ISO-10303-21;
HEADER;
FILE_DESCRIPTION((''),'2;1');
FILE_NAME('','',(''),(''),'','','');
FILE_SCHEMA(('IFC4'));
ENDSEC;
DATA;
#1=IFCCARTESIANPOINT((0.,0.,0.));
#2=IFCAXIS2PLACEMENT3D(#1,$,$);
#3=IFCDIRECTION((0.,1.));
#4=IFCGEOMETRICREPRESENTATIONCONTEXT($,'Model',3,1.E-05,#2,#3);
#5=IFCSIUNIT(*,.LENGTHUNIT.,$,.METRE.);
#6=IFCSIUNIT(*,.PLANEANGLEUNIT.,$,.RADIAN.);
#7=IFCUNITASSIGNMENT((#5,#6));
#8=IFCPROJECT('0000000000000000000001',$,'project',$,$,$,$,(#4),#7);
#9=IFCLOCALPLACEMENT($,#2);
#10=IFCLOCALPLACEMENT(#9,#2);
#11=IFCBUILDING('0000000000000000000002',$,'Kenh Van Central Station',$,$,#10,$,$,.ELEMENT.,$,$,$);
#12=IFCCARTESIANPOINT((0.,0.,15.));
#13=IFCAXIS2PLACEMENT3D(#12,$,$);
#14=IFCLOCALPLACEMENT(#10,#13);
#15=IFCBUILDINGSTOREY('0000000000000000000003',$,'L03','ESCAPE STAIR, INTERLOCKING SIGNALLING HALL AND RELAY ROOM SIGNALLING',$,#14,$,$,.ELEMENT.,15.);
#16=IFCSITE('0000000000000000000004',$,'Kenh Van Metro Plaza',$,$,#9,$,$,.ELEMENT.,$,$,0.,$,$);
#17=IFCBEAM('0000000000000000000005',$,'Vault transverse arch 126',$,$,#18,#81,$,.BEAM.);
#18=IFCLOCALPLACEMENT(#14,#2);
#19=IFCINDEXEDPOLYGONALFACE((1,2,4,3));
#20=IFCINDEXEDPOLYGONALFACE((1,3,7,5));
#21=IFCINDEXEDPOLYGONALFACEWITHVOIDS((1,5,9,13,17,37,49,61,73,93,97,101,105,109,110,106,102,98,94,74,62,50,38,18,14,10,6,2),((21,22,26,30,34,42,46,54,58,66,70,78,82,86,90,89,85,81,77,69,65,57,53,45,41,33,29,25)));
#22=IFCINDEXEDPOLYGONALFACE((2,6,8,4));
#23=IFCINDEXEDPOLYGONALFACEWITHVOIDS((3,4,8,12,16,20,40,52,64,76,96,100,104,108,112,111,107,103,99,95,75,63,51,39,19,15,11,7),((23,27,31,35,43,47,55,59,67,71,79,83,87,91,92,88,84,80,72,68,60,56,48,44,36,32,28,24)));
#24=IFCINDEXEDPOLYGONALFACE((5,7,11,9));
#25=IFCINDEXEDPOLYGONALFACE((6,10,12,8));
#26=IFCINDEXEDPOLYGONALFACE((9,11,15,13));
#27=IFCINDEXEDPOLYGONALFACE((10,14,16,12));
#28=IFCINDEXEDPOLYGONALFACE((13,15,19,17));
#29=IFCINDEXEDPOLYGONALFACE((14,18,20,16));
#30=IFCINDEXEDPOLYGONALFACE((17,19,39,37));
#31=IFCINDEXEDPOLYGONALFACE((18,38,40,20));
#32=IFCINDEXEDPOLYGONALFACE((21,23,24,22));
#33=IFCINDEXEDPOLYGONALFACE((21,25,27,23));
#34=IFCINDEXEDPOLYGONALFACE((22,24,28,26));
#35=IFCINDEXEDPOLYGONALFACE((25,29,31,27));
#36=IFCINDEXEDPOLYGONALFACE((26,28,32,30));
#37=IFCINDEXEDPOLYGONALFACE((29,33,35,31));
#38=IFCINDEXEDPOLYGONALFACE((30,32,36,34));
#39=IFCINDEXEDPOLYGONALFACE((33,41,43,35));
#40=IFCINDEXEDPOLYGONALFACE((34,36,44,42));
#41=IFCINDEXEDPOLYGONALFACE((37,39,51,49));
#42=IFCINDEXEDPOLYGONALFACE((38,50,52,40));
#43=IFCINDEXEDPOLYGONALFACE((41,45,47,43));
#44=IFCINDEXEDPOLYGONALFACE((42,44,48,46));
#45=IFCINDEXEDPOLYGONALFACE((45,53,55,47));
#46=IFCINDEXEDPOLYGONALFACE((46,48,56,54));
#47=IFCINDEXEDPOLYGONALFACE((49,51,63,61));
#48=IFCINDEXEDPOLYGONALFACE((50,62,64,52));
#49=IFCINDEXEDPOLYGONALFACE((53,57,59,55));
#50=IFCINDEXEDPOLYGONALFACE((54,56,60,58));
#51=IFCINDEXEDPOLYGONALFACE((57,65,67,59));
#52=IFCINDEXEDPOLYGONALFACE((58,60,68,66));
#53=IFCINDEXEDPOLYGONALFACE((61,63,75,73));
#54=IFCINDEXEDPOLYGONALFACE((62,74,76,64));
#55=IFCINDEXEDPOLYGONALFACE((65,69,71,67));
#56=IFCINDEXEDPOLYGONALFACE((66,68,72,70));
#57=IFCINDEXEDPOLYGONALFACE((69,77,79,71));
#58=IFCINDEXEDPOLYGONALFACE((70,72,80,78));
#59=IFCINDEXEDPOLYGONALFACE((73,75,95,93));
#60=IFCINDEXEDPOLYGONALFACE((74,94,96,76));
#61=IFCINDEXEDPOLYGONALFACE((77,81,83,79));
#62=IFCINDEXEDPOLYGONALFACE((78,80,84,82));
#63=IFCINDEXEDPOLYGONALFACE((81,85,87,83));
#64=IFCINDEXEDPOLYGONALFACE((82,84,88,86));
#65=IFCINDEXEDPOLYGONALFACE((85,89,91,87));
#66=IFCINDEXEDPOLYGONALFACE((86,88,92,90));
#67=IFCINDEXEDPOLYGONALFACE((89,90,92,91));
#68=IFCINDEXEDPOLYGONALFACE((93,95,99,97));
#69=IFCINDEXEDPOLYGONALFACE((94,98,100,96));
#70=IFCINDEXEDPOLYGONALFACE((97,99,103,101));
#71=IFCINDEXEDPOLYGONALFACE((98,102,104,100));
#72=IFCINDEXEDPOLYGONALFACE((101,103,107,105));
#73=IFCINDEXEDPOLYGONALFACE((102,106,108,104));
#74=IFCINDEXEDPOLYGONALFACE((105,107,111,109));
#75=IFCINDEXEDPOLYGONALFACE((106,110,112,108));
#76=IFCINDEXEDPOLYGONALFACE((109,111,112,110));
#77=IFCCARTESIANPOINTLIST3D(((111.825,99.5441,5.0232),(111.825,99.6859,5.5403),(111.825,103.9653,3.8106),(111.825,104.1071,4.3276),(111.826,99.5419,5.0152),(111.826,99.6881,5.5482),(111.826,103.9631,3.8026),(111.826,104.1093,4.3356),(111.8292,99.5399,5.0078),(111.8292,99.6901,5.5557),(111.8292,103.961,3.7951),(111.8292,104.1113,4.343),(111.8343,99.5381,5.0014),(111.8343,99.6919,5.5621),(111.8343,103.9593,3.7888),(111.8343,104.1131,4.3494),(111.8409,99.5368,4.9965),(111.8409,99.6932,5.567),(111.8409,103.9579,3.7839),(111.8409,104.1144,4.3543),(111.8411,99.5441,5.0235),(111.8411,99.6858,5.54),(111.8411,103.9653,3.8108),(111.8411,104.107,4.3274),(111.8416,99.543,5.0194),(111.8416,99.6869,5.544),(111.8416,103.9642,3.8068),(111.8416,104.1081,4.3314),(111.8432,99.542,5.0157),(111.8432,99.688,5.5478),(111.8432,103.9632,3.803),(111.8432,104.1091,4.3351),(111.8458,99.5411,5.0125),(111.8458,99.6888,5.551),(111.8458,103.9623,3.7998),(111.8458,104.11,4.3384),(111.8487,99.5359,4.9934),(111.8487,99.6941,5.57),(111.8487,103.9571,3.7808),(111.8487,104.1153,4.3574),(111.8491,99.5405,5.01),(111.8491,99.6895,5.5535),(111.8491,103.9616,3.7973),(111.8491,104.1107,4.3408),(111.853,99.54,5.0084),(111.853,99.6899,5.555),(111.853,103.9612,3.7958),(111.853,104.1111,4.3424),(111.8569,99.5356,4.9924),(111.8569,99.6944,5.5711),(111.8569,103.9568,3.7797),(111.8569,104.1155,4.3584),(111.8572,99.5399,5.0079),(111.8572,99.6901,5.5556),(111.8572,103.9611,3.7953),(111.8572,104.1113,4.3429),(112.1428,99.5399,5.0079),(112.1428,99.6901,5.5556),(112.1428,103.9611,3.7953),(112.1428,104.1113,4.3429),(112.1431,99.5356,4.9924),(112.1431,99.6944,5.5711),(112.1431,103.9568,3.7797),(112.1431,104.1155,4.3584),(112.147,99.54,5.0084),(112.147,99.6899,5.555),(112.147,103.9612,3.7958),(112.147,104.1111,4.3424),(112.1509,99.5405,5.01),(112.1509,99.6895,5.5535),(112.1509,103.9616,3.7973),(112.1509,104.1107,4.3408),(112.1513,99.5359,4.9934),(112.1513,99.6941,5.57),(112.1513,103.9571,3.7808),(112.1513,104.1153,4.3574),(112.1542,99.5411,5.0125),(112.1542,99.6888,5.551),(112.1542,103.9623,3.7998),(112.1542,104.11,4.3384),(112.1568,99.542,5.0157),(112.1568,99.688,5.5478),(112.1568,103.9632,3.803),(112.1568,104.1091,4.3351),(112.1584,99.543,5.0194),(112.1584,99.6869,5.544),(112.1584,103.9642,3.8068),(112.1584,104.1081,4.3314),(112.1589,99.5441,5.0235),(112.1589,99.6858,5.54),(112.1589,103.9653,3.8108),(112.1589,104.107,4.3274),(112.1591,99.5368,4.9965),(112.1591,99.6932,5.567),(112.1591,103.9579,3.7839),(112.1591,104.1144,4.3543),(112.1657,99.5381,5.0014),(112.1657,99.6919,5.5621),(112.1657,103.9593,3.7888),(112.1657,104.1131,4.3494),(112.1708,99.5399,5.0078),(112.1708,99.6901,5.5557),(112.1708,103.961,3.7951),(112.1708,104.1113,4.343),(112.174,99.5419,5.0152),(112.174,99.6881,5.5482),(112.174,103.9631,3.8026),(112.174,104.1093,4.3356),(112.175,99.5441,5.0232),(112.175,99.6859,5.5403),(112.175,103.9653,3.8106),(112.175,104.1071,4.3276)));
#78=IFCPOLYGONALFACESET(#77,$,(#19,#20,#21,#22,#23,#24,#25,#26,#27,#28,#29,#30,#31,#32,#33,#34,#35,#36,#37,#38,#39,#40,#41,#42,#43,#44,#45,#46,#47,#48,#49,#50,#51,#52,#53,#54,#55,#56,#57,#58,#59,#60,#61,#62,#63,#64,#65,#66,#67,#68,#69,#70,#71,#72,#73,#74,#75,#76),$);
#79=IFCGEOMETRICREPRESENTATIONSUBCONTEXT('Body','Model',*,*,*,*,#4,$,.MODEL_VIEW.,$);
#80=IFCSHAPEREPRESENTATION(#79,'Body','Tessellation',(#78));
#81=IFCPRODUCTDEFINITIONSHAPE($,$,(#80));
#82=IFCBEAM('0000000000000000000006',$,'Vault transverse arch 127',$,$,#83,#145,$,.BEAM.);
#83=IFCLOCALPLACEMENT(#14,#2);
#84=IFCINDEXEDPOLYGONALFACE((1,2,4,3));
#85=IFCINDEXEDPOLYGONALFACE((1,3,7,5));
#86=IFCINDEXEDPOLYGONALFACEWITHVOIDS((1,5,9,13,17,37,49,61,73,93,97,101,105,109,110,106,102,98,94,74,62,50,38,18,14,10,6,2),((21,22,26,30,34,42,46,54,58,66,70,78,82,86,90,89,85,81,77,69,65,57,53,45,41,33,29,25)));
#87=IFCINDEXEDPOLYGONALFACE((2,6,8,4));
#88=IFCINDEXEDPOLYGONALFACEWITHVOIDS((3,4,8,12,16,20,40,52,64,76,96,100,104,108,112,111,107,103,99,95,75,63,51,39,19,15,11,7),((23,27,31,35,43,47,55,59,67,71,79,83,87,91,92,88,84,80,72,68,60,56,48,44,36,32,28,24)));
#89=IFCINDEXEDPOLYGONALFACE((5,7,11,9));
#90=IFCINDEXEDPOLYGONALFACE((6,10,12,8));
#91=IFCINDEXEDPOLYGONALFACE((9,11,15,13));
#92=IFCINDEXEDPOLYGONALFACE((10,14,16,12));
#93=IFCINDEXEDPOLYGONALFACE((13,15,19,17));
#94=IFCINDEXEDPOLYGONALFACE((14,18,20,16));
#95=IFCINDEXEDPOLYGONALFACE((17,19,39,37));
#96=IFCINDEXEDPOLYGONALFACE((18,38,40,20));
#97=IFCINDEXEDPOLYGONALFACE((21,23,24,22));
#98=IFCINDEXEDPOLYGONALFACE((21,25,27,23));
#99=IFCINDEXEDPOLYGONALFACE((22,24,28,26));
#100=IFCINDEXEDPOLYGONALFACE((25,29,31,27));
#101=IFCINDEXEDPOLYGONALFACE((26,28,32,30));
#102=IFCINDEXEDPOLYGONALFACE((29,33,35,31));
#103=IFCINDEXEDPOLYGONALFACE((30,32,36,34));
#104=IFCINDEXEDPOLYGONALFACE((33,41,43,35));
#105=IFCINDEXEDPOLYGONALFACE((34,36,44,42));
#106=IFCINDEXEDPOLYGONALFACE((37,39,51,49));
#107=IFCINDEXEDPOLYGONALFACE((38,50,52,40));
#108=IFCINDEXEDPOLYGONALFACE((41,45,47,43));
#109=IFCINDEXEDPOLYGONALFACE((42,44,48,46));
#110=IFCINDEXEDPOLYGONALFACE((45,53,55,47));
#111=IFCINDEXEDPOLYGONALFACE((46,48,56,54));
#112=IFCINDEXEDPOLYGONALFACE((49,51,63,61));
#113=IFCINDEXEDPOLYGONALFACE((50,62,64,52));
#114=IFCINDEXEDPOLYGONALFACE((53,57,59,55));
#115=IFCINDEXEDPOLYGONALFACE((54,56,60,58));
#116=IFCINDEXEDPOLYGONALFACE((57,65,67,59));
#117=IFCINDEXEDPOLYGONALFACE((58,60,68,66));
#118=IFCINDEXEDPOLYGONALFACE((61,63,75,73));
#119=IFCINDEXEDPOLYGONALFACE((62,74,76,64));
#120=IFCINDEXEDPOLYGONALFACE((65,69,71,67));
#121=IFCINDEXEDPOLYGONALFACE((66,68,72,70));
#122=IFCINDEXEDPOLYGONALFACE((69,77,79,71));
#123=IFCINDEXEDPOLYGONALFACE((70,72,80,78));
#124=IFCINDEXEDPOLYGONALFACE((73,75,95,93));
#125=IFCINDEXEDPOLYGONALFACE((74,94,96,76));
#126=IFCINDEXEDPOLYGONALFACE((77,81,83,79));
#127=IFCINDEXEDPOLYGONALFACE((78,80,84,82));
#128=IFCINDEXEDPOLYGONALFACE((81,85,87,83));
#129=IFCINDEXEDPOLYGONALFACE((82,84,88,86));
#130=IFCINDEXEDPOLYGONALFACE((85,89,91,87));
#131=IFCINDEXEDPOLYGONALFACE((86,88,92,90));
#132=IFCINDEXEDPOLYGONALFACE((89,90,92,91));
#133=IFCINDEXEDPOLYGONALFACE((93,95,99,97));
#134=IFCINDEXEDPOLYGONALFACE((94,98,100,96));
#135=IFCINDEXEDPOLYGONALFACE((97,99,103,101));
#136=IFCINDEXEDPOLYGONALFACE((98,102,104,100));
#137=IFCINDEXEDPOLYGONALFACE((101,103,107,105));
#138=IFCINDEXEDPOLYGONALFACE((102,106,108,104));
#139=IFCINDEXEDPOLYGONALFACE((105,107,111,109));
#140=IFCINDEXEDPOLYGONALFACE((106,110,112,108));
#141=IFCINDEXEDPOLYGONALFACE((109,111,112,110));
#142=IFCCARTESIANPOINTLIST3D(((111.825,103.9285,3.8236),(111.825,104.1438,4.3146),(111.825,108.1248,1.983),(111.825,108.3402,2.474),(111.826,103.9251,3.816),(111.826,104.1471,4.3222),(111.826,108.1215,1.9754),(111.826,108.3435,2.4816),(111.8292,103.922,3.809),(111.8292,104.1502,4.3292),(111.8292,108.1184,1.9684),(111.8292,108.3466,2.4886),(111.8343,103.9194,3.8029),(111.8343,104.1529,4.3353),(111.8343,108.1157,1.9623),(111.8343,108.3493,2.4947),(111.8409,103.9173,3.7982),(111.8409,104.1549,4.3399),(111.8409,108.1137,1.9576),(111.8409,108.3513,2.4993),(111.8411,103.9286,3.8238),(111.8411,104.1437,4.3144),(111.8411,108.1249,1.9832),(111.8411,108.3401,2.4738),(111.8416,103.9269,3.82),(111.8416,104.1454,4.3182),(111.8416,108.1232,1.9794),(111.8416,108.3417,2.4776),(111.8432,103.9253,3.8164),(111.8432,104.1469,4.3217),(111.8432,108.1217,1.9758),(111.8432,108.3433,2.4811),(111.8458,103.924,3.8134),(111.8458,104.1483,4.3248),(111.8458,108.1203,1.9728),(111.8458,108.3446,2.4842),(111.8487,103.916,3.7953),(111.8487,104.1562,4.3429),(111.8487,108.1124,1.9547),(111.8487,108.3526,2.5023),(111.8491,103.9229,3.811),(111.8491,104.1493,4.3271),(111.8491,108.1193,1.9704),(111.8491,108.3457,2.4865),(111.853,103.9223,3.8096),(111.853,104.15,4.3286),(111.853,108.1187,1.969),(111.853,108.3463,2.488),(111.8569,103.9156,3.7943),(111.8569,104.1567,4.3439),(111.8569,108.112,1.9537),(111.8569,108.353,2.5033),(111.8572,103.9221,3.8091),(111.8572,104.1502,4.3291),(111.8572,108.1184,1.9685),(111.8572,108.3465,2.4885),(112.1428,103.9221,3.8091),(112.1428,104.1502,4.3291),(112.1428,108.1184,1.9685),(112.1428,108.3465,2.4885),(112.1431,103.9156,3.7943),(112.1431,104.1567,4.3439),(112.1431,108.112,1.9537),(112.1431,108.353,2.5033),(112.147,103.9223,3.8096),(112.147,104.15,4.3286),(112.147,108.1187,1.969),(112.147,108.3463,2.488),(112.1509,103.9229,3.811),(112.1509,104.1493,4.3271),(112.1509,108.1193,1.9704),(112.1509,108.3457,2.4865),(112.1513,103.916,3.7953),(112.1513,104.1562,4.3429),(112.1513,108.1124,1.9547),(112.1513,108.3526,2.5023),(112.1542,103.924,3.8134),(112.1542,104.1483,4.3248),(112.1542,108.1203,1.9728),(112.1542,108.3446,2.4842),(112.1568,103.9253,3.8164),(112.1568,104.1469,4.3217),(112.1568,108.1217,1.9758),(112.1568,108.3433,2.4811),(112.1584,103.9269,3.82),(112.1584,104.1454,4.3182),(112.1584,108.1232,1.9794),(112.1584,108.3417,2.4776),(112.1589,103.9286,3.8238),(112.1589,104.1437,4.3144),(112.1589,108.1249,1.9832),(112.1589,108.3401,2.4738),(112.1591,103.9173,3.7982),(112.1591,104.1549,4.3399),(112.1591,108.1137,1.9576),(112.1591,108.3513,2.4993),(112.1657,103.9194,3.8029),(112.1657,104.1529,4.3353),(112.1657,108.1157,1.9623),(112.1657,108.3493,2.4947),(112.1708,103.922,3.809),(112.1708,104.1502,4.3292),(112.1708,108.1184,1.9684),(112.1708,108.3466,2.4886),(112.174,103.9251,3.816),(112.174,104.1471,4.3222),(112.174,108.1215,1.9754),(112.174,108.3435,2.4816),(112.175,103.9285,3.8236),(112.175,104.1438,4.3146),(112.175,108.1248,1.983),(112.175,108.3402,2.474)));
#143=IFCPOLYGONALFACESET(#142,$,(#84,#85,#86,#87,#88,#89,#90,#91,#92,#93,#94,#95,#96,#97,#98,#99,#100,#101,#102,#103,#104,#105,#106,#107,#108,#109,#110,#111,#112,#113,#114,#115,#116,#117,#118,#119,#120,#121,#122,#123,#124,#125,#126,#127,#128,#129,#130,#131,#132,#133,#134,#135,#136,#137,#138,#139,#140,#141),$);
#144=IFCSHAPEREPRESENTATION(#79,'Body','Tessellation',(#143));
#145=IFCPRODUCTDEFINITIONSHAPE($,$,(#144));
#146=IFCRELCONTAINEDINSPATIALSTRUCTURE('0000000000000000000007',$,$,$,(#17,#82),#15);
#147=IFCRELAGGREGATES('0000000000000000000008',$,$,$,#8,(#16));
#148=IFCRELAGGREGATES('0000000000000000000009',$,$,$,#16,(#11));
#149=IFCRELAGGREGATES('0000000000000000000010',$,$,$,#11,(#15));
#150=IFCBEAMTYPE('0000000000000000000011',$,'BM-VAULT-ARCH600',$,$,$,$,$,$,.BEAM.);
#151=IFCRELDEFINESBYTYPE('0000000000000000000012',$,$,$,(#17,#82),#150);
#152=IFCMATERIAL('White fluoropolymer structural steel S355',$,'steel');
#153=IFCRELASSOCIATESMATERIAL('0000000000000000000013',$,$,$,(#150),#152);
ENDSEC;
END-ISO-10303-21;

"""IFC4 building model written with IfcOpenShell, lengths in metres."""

from ifc_helpers import new_model, si_unit, direction, frame, origin, origin_2d, place, context, subcontext, project, spatial, hollow_rectangle, extrude, material, material_profile, profile_set, type_object, element, save


model = new_model("IFC4")

# Units and contexts
model_context = context("Model", 3, precision=1e-05, world=origin(), true_north=direction((0.0, 1.0)))
body_context = subcontext(model_context, "Body", "Model", "MODEL_VIEW")
ifc_project = project(units=[si_unit("LENGTHUNIT", "METRE"), si_unit("PLANEANGLEUNIT", "RADIAN")], contexts=[model_context])

# Site, building, storey
site_placement = place(None, origin())
site = spatial("IfcSite", under=ifc_project, at=site_placement, Name="Kenh Van Metro Plaza", CompositionType="ELEMENT", RefElevation=0.0)
building_placement = place(site_placement, origin())
building = spatial("IfcBuilding", under=site, at=building_placement, Name="Kenh Van Central Station", CompositionType="ELEMENT")
storey_placement = place(building_placement, frame((0.0, 0.0, 15.0)))
storey = spatial("IfcBuildingStorey", under=building, at=storey_placement, Name="L03", Description="ESCAPE STAIR, INTERLOCKING SIGNALLING HALL AND RELAY ROOM SIGNALLING", CompositionType="ELEMENT", Elevation=15.0)

# Beams
ifc_material_1 = material(Name="White fluoropolymer structural steel S355", Category="steel")
ifc_material_profile_1 = material_profile(ifc_material_1, hollow_rectangle(XDim=0.3501, YDim=0.6001, WallThickness=0.0161, InnerFilletRadius=0.0161, OuterFilletRadius=0.032, at=origin_2d()), Name="RHS 600x350x16")
ifc_profile_set_1 = profile_set([ifc_material_profile_1], Name="White fluoropolymer structural steel S355")
beam_type_1 = type_object("IfcBeamType", Name="BM-VAULT-ARCH600", PredefinedType="BEAM", material=ifc_profile_set_1)
beam_1_placement = place(storey_placement, frame((112.0, 99.615, 5.2817), z_axis=(0.0, 0.964382, -0.264514), x_axis=(-1.0, 0.0, 0.0)))
element("IfcBeam", 1, at=beam_1_placement, inside=storey, type_object=beam_type_1, Name="Vault transverse arch 126", PredefinedType="BEAM", context=body_context, shape_type="SweptSolid", body=[
    extrude(hollow_rectangle(XDim=0.3501, YDim=0.6001, WallThickness=0.0161, InnerFilletRadius=0.0161, OuterFilletRadius=0.032, at=origin_2d()), origin(), (0.0, 0.0, 1.0), 4.5845),
])
beam_2_placement = place(storey_placement, frame((112.0, 104.0361, 4.0691), z_axis=(0.0, 0.91578, -0.40168), x_axis=(-1.0, 0.0, 0.0)))
element("IfcBeam", 2, at=beam_2_placement, inside=storey, type_object=beam_type_1, Name="Vault transverse arch 127", PredefinedType="BEAM", context=body_context, shape_type="SweptSolid", body=[
    extrude(hollow_rectangle(XDim=0.3501, YDim=0.6001, WallThickness=0.0161, InnerFilletRadius=0.0161, OuterFilletRadius=0.032, at=origin_2d()), origin(), (0.0, 0.0, 1.0), 4.5823),
])

save(model, "model.ifc")
